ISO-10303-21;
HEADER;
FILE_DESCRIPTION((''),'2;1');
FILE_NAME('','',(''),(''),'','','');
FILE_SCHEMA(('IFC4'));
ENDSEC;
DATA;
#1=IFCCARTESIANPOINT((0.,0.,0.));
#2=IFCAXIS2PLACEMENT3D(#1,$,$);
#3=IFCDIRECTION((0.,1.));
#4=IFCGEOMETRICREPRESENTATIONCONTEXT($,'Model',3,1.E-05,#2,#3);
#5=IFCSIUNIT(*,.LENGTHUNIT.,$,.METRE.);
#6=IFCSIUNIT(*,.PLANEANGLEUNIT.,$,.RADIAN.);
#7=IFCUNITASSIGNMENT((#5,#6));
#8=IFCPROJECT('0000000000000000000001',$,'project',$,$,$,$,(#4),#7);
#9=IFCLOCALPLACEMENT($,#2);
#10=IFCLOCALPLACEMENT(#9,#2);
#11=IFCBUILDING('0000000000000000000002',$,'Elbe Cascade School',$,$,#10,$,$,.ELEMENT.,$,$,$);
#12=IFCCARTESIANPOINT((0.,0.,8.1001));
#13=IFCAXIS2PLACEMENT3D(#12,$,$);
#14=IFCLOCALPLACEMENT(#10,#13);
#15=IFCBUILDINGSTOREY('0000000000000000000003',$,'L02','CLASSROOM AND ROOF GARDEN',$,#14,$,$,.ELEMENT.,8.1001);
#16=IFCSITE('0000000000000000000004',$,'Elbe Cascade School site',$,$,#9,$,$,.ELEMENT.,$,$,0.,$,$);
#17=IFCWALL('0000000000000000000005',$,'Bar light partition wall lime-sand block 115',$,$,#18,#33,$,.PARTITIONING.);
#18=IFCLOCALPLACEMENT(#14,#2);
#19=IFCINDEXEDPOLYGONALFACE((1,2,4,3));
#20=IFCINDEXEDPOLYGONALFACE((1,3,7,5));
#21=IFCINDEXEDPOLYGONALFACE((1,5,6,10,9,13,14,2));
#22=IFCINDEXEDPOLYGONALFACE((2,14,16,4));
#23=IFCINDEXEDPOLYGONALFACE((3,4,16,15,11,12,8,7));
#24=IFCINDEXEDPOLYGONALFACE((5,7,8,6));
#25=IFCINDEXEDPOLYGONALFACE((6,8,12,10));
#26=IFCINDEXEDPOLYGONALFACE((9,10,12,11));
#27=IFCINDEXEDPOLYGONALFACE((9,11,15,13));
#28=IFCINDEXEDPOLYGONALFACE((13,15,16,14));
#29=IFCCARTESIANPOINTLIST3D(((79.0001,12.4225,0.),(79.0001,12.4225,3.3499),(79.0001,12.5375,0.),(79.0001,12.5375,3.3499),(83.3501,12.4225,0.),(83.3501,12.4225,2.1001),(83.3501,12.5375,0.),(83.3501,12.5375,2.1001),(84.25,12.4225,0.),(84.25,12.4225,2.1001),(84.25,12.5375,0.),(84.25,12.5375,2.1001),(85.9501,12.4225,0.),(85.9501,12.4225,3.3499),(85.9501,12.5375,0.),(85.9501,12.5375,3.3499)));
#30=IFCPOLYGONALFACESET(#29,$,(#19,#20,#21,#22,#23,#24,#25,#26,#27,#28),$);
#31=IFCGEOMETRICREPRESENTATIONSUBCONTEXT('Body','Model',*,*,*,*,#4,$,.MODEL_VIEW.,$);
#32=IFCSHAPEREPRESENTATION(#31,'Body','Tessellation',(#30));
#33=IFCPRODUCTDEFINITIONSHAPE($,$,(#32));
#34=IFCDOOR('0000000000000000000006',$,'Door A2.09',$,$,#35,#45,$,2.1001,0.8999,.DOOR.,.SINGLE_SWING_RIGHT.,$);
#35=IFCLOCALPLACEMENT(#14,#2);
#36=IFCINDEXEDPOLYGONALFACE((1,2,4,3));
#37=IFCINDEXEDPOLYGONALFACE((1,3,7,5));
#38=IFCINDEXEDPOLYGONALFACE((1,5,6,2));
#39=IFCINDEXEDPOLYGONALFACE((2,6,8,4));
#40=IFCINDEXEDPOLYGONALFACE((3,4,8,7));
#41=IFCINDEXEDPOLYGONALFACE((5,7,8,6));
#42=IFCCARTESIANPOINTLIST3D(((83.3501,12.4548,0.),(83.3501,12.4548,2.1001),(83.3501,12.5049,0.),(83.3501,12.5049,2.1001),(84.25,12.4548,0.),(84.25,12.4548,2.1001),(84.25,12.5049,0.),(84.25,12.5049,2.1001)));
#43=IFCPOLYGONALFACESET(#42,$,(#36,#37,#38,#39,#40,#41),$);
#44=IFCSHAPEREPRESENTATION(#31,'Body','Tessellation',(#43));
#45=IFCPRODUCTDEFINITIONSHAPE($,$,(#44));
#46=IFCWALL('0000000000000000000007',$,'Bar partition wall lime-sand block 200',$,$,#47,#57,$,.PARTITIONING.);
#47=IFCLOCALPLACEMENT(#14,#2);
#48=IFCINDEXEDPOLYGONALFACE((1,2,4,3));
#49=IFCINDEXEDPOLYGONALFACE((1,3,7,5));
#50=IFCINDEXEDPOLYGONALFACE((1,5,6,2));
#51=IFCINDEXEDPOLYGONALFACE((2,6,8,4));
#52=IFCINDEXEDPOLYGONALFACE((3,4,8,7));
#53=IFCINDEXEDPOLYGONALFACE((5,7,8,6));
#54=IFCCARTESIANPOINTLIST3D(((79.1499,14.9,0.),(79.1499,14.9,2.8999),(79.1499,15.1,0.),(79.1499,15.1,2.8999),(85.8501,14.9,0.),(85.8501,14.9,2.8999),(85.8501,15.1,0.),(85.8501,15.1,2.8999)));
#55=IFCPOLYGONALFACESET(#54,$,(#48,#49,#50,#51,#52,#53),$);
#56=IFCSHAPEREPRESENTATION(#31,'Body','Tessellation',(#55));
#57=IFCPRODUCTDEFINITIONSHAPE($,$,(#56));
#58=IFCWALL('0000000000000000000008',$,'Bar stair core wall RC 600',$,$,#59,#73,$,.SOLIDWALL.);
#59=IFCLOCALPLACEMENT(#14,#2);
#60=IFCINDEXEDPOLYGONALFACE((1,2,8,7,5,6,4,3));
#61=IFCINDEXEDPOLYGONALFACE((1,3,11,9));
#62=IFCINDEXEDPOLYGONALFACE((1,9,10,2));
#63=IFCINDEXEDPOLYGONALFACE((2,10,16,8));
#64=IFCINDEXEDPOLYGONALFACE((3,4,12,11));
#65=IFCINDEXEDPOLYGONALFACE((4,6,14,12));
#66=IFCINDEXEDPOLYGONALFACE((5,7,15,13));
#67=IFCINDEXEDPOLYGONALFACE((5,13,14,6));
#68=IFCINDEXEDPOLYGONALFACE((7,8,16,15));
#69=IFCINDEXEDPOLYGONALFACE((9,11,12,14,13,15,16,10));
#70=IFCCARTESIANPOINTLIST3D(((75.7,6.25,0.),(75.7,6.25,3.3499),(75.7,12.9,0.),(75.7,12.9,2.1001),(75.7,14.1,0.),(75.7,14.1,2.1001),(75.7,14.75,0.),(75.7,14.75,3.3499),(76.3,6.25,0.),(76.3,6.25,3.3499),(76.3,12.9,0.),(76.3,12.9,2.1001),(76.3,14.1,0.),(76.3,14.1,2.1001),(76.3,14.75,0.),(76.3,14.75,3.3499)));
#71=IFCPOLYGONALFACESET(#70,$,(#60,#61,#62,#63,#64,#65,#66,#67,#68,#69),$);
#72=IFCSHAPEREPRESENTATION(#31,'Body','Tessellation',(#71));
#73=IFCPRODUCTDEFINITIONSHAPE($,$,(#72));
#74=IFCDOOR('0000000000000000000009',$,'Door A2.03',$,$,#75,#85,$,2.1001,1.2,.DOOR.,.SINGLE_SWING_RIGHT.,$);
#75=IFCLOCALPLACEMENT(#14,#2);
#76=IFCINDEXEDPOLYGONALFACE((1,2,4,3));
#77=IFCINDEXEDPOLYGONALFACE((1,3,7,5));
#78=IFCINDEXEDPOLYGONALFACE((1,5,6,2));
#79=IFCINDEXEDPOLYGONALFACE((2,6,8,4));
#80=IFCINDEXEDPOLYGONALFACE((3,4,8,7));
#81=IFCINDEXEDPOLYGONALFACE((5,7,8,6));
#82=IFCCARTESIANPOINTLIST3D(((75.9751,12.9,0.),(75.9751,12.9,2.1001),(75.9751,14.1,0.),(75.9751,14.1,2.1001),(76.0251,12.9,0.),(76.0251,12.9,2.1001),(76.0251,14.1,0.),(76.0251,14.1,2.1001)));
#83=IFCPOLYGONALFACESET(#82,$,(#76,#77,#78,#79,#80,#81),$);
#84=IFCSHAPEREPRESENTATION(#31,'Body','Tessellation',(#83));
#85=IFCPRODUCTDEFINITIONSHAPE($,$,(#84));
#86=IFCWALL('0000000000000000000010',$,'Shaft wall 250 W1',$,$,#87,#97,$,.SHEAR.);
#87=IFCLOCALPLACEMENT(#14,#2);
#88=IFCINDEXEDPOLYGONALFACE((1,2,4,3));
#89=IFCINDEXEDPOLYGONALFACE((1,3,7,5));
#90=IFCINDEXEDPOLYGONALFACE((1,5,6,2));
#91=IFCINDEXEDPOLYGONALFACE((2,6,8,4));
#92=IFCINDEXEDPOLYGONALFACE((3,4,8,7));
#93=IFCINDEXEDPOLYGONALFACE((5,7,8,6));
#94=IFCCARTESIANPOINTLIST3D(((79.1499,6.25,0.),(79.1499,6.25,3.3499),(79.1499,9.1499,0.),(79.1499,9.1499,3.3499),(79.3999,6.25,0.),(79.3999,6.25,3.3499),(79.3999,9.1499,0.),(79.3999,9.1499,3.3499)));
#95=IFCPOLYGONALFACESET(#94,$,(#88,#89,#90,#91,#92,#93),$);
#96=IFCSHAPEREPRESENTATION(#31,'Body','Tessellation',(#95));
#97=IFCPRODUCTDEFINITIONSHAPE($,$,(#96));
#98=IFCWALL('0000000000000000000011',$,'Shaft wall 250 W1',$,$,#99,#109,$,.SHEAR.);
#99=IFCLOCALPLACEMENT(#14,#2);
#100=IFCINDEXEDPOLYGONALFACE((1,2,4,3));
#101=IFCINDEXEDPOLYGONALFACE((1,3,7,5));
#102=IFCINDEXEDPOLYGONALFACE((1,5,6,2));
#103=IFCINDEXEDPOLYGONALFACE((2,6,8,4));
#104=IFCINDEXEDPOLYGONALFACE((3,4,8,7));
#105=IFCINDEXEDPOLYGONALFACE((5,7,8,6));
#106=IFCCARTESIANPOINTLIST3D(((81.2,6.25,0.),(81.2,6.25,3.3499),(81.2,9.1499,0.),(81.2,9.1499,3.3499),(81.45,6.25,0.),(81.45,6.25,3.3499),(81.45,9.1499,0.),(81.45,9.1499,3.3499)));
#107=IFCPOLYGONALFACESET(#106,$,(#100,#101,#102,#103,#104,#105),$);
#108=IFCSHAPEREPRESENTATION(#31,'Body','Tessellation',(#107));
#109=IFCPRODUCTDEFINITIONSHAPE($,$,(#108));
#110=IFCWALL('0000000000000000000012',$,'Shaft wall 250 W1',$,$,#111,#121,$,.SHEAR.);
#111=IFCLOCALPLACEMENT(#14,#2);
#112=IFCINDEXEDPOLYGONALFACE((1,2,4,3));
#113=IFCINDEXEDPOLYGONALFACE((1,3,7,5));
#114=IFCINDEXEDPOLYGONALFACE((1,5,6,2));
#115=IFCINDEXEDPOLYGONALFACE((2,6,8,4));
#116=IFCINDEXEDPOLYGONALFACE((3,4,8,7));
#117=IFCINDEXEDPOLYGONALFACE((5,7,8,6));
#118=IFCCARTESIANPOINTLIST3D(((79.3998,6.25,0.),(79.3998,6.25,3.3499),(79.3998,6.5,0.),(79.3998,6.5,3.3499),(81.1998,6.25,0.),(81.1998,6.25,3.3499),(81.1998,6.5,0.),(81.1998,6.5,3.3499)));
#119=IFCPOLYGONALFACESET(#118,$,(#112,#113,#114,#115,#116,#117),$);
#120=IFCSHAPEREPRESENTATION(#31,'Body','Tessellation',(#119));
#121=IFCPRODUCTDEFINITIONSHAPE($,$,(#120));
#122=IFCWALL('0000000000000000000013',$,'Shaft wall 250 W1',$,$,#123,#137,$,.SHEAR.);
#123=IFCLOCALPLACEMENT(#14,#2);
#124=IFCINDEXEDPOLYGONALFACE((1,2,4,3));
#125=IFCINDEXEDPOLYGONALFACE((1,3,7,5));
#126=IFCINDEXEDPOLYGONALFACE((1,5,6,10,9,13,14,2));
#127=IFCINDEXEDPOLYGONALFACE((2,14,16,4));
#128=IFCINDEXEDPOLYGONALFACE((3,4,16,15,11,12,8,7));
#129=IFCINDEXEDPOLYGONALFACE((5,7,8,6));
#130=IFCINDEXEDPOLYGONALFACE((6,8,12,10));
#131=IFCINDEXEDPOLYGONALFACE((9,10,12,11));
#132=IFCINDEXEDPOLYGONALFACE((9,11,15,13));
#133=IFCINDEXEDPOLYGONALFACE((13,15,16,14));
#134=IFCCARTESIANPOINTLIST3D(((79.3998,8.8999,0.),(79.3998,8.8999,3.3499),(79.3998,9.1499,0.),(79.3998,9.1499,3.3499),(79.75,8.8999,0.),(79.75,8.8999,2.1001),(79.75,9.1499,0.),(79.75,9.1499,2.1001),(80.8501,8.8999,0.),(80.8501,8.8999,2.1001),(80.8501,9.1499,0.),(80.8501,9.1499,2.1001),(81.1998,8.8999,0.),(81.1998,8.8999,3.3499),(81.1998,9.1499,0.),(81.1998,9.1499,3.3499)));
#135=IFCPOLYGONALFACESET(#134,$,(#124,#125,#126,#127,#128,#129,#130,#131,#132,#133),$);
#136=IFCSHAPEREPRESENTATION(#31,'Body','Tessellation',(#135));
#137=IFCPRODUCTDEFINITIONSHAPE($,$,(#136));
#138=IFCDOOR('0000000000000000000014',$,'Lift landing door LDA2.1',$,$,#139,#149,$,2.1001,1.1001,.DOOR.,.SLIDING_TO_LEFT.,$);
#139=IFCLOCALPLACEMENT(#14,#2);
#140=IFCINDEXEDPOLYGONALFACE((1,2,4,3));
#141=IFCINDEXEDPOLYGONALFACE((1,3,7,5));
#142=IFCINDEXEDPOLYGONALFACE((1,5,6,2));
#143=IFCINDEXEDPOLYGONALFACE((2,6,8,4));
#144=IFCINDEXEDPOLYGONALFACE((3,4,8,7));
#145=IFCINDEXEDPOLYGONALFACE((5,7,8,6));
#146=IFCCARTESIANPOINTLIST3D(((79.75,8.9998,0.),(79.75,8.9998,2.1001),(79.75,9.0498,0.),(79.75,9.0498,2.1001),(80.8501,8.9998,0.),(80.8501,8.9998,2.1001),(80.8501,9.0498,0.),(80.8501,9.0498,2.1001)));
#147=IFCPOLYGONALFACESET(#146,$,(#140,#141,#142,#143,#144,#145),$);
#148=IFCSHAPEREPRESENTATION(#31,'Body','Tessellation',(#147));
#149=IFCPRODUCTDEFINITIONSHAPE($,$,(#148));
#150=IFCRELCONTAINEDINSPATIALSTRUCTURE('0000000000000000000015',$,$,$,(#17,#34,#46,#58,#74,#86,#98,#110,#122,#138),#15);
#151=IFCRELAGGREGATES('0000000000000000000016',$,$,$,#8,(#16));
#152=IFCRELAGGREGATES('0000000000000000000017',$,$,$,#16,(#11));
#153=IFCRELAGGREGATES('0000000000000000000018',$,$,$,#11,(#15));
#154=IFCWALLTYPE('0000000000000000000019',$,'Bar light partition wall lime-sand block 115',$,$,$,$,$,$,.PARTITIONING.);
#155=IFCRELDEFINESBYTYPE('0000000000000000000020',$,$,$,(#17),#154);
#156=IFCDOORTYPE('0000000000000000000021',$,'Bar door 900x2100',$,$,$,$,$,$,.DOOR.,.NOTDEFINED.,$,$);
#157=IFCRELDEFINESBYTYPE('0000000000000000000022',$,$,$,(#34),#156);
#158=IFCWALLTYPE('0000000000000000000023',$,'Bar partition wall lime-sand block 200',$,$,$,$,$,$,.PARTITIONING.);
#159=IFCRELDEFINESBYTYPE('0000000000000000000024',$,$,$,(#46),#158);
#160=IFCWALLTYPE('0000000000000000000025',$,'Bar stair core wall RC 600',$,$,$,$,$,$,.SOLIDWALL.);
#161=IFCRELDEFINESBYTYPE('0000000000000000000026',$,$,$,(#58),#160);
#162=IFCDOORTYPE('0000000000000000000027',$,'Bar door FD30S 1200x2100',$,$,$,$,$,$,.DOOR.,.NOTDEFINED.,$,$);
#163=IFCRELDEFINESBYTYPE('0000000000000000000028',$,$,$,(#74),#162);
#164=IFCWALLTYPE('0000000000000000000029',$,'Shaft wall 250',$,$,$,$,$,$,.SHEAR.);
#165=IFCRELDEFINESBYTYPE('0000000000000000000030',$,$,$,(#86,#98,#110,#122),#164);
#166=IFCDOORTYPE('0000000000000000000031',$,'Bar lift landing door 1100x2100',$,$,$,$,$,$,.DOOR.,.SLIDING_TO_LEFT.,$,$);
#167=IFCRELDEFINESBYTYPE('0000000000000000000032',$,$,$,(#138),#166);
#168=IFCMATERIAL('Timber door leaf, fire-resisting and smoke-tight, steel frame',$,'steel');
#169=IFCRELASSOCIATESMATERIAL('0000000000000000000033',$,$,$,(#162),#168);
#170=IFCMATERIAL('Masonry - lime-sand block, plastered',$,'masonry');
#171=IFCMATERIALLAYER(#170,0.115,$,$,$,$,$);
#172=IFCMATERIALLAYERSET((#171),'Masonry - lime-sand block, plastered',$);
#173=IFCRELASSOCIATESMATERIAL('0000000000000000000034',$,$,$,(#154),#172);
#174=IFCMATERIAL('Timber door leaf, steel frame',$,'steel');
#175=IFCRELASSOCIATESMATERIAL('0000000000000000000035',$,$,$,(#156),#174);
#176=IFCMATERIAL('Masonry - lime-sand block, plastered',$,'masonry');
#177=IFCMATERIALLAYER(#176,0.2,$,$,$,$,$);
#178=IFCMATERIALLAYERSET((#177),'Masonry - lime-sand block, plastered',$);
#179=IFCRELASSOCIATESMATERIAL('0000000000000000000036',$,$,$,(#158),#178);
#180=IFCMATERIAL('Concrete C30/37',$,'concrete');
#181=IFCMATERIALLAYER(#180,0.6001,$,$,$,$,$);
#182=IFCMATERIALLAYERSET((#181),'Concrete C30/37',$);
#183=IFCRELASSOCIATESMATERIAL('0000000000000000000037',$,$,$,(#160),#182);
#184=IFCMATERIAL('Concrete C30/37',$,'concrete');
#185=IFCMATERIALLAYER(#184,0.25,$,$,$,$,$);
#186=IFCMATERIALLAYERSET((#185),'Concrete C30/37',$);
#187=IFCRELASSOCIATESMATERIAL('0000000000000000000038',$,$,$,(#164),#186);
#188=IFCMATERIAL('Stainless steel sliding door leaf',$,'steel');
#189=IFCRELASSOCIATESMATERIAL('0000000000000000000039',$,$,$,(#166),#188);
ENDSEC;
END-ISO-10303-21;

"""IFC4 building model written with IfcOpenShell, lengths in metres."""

from ifc_helpers import new_model, si_unit, direction, frame, frame_2d, origin, place, context, subcontext, project, spatial, rectangle, extrude, material, layer, layer_set, type_object, element, fill, save


model = new_model("IFC4")

# Units and contexts
model_context = context("Model", 3, precision=1e-05, world=origin(), true_north=direction((0.0, 1.0)))
body_context = subcontext(model_context, "Body", "Model", "MODEL_VIEW")
ifc_project = project(units=[si_unit("LENGTHUNIT", "METRE"), si_unit("PLANEANGLEUNIT", "RADIAN")], contexts=[model_context])

# Site, building, storey
site_placement = place(None, origin())
site = spatial("IfcSite", under=ifc_project, at=site_placement, Name="Elbe Cascade School site", CompositionType="ELEMENT", RefElevation=0.0)
building_placement = place(site_placement, origin())
building = spatial("IfcBuilding", under=site, at=building_placement, Name="Elbe Cascade School", CompositionType="ELEMENT")
storey_placement = place(building_placement, frame((0.0, 0.0, 8.1001)))
storey = spatial("IfcBuildingStorey", under=building, at=storey_placement, Name="L02", Description="CLASSROOM AND ROOF GARDEN", CompositionType="ELEMENT", Elevation=8.1001)

# Wall, opening, door
ifc_material_1 = material(Name="Timber door leaf, fire-resisting and smoke-tight, steel frame", Category="steel")
door_type_1 = type_object("IfcDoorType", Name="Bar door FD30S 1200x2100", OperationType="NOTDEFINED", PredefinedType="DOOR", material=ifc_material_1)
ifc_material_2 = material(Name="Masonry - lime-sand block, plastered", Category="masonry")
ifc_layer_1 = layer(ifc_material_2, 0.115)
ifc_layer_set_1 = layer_set([ifc_layer_1], Name="Masonry - lime-sand block, plastered")
wall_type_1 = type_object("IfcWallType", Name="Bar light partition wall lime-sand block 115", PredefinedType="PARTITIONING", material=ifc_layer_set_1)
wall_1_placement = place(storey_placement, frame((79.0, 12.48, 0.0), z_axis=(0.0, 0.0, 1.0), x_axis=(1.0, 0.0, 0.0)))
wall_1 = element("IfcWall", 1, at=wall_1_placement, inside=storey, type_object=wall_type_1, Name="Bar light partition wall lime-sand block 115", PredefinedType="PARTITIONING", context=body_context, shape_type="SweptSolid", body=[
    extrude(rectangle(XDim=6.95, YDim=0.115, at=frame_2d((3.4751, 0.0))), origin(), (0.0, 0.0, 1.0), 3.3499),
])
opening_1_placement = place(wall_1_placement, frame((4.3501, 0.0, 0.0)))
opening_1 = element("IfcOpeningElement", 2, at=opening_1_placement, cuts=wall_1, PredefinedType="OPENING", context=body_context, shape_type="SweptSolid", body=[
    extrude(rectangle(XDim=0.8999, YDim=2.1001, at=frame_2d((0.45, 1.05))), frame((0.0, 0.0674, 0.0), z_axis=(0.0, -1.0, 0.0), x_axis=(1.0, 0.0, 0.0)), (0.0, 0.0, 1.0), 0.135),
])
ifc_material_3 = material(Name="Timber door leaf, steel frame", Category="steel")
door_type_2 = type_object("IfcDoorType", Name="Bar door 900x2100", OperationType="NOTDEFINED", PredefinedType="DOOR", material=ifc_material_3)
door_1_placement = place(opening_1_placement, origin())
door_1 = element("IfcDoor", 3, at=door_1_placement, inside=storey, type_object=door_type_2, Name="Door A2.09", OperationType="SINGLE_SWING_RIGHT", OverallHeight=2.1001, OverallWidth=0.8999, PredefinedType="DOOR", context=body_context, shape_type="SweptSolid", body=[
    extrude(rectangle(XDim=0.8999, YDim=2.1001, at=frame_2d((0.45, 1.05))), frame((0.0, 0.0249, 0.0), z_axis=(0.0, -1.0, 0.0), x_axis=(1.0, 0.0, 0.0)), (0.0, 0.0, 1.0), 0.05),
])
fill(opening_1, door_1)

# Wall
ifc_material_4 = material(Name="Masonry - lime-sand block, plastered", Category="masonry")
ifc_layer_2 = layer(ifc_material_4, 0.2)
ifc_layer_set_2 = layer_set([ifc_layer_2], Name="Masonry - lime-sand block, plastered")
wall_type_2 = type_object("IfcWallType", Name="Bar partition wall lime-sand block 200", PredefinedType="PARTITIONING", material=ifc_layer_set_2)
wall_2_placement = place(storey_placement, frame((79.1499, 15.0, 0.0), z_axis=(0.0, 0.0, 1.0), x_axis=(1.0, 0.0, 0.0)))
element("IfcWall", 4, at=wall_2_placement, inside=storey, type_object=wall_type_2, Name="Bar partition wall lime-sand block 200", PredefinedType="PARTITIONING", context=body_context, shape_type="SweptSolid", body=[
    extrude(rectangle(XDim=6.7002, YDim=0.2, at=frame_2d((3.3501, 0.0))), origin(), (0.0, 0.0, 1.0), 2.8999),
])

# Wall, opening, door
ifc_material_5 = material(Name="Concrete C30/37", Category="concrete")
ifc_layer_3 = layer(ifc_material_5, 0.6001)
ifc_layer_set_3 = layer_set([ifc_layer_3], Name="Concrete C30/37")
wall_type_3 = type_object("IfcWallType", Name="Bar stair core wall RC 600", PredefinedType="SOLIDWALL", material=ifc_layer_set_3)
wall_3_placement = place(storey_placement, frame((76.0, 6.25, 0.0), z_axis=(0.0, 0.0, 1.0), x_axis=(0.0, 1.0, 0.0)))
wall_3 = element("IfcWall", 5, at=wall_3_placement, inside=storey, type_object=wall_type_3, Name="Bar stair core wall RC 600", PredefinedType="SOLIDWALL", context=body_context, shape_type="SweptSolid", body=[
    extrude(rectangle(XDim=8.5, YDim=0.6001, at=frame_2d((4.25, 0.0))), origin(), (0.0, 0.0, 1.0), 3.3499),
])
opening_2_placement = place(wall_3_placement, frame((6.6499, 0.0, 0.0)))
opening_2 = element("IfcOpeningElement", 6, at=opening_2_placement, cuts=wall_3, PredefinedType="OPENING", context=body_context, shape_type="SweptSolid", body=[
    extrude(rectangle(XDim=1.2, YDim=2.1001, at=frame_2d((0.6001, 1.05))), frame((0.0, 0.3101, 0.0), z_axis=(0.0, -1.0, 0.0), x_axis=(1.0, 0.0, 0.0)), (0.0, 0.0, 1.0), 0.6201),
])
door_2_placement = place(opening_2_placement, origin())
door_2 = element("IfcDoor", 7, at=door_2_placement, inside=storey, type_object=door_type_1, Name="Door A2.03", OperationType="SINGLE_SWING_RIGHT", OverallHeight=2.1001, OverallWidth=1.2, PredefinedType="DOOR", context=body_context, shape_type="SweptSolid", body=[
    extrude(rectangle(XDim=1.2, YDim=2.1001, at=frame_2d((0.6001, 1.05))), frame((0.0, 0.0249, 0.0), z_axis=(0.0, -1.0, 0.0), x_axis=(1.0, 0.0, 0.0)), (0.0, 0.0, 1.0), 0.05),
])
fill(opening_2, door_2)

# Walls
ifc_material_6 = material(Name="Concrete C30/37", Category="concrete")
ifc_layer_4 = layer(ifc_material_6, 0.25)
ifc_layer_set_4 = layer_set([ifc_layer_4], Name="Concrete C30/37")
wall_type_4 = type_object("IfcWallType", Name="Shaft wall 250", PredefinedType="SHEAR", material=ifc_layer_set_4)
for number, where, z_axis, x_axis, name in (
    (8, (79.2749, 6.25, 0.0), (0.0, 0.0, 1.0), (0.0, 1.0, 0.0), "Shaft wall 250 W1"),
    (9, (81.325, 6.25, 0.0), (0.0, 0.0, 1.0), (0.0, 1.0, 0.0), "Shaft wall 250 W1"),
):
    element("IfcWall", number, at=place(storey_placement, frame(where, z_axis=z_axis, x_axis=x_axis)), inside=storey, type_object=wall_type_4, Name=name, PredefinedType="SHEAR", context=body_context, shape_type="SweptSolid", body=[
        extrude(rectangle(XDim=2.8999, YDim=0.25, at=frame_2d((1.45, 0.0))), origin(), (0.0, 0.0, 1.0), 3.3499),
    ])
wall_4_placement = place(storey_placement, frame((79.3999, 6.375, 0.0), z_axis=(0.0, 0.0, 1.0), x_axis=(1.0, 0.0, 0.0)))
element("IfcWall", 10, at=wall_4_placement, inside=storey, type_object=wall_type_4, Name="Shaft wall 250 W1", PredefinedType="SHEAR", context=body_context, shape_type="SweptSolid", body=[
    extrude(rectangle(XDim=1.8, YDim=0.25, at=frame_2d((0.8999, 0.0))), origin(), (0.0, 0.0, 1.0), 3.3499),
])

# Wall, opening, door
wall_5_placement = place(storey_placement, frame((79.3999, 9.0249, 0.0), z_axis=(0.0, 0.0, 1.0), x_axis=(1.0, 0.0, 0.0)))
wall_5 = element("IfcWall", 11, at=wall_5_placement, inside=storey, type_object=wall_type_4, Name="Shaft wall 250 W1", PredefinedType="SHEAR", context=body_context, shape_type="SweptSolid", body=[
    extrude(rectangle(XDim=1.8, YDim=0.25, at=frame_2d((0.8999, 0.0))), origin(), (0.0, 0.0, 1.0), 3.3499),
])
opening_3_placement = place(wall_5_placement, frame((0.3501, 0.0, 0.0)))
opening_3 = element("IfcOpeningElement", 12, at=opening_3_placement, cuts=wall_5, PredefinedType="OPENING", context=body_context, shape_type="SweptSolid", body=[
    extrude(rectangle(XDim=1.1001, YDim=2.1001, at=frame_2d((0.55, 1.05))), frame((0.0, 0.135, 0.0), z_axis=(0.0, -1.0, 0.0), x_axis=(1.0, 0.0, 0.0)), (0.0, 0.0, 1.0), 0.27),
])
ifc_material_7 = material(Name="Stainless steel sliding door leaf", Category="steel")
door_type_3 = type_object("IfcDoorType", Name="Bar lift landing door 1100x2100", OperationType="SLIDING_TO_LEFT", PredefinedType="DOOR", material=ifc_material_7)
door_3_placement = place(opening_3_placement, origin())
door_3 = element("IfcDoor", 13, at=door_3_placement, inside=storey, type_object=door_type_3, Name="Lift landing door LDA2.1", OperationType="SLIDING_TO_LEFT", OverallHeight=2.1001, OverallWidth=1.1001, PredefinedType="DOOR", context=body_context, shape_type="SweptSolid", body=[
    extrude(rectangle(XDim=1.1001, YDim=2.1001, at=frame_2d((0.55, 1.05))), frame((0.0, 0.0249, 0.0), z_axis=(0.0, -1.0, 0.0), x_axis=(1.0, 0.0, 0.0)), (0.0, 0.0, 1.0), 0.05),
])
fill(opening_3, door_3)

save(model, "model.ifc")
